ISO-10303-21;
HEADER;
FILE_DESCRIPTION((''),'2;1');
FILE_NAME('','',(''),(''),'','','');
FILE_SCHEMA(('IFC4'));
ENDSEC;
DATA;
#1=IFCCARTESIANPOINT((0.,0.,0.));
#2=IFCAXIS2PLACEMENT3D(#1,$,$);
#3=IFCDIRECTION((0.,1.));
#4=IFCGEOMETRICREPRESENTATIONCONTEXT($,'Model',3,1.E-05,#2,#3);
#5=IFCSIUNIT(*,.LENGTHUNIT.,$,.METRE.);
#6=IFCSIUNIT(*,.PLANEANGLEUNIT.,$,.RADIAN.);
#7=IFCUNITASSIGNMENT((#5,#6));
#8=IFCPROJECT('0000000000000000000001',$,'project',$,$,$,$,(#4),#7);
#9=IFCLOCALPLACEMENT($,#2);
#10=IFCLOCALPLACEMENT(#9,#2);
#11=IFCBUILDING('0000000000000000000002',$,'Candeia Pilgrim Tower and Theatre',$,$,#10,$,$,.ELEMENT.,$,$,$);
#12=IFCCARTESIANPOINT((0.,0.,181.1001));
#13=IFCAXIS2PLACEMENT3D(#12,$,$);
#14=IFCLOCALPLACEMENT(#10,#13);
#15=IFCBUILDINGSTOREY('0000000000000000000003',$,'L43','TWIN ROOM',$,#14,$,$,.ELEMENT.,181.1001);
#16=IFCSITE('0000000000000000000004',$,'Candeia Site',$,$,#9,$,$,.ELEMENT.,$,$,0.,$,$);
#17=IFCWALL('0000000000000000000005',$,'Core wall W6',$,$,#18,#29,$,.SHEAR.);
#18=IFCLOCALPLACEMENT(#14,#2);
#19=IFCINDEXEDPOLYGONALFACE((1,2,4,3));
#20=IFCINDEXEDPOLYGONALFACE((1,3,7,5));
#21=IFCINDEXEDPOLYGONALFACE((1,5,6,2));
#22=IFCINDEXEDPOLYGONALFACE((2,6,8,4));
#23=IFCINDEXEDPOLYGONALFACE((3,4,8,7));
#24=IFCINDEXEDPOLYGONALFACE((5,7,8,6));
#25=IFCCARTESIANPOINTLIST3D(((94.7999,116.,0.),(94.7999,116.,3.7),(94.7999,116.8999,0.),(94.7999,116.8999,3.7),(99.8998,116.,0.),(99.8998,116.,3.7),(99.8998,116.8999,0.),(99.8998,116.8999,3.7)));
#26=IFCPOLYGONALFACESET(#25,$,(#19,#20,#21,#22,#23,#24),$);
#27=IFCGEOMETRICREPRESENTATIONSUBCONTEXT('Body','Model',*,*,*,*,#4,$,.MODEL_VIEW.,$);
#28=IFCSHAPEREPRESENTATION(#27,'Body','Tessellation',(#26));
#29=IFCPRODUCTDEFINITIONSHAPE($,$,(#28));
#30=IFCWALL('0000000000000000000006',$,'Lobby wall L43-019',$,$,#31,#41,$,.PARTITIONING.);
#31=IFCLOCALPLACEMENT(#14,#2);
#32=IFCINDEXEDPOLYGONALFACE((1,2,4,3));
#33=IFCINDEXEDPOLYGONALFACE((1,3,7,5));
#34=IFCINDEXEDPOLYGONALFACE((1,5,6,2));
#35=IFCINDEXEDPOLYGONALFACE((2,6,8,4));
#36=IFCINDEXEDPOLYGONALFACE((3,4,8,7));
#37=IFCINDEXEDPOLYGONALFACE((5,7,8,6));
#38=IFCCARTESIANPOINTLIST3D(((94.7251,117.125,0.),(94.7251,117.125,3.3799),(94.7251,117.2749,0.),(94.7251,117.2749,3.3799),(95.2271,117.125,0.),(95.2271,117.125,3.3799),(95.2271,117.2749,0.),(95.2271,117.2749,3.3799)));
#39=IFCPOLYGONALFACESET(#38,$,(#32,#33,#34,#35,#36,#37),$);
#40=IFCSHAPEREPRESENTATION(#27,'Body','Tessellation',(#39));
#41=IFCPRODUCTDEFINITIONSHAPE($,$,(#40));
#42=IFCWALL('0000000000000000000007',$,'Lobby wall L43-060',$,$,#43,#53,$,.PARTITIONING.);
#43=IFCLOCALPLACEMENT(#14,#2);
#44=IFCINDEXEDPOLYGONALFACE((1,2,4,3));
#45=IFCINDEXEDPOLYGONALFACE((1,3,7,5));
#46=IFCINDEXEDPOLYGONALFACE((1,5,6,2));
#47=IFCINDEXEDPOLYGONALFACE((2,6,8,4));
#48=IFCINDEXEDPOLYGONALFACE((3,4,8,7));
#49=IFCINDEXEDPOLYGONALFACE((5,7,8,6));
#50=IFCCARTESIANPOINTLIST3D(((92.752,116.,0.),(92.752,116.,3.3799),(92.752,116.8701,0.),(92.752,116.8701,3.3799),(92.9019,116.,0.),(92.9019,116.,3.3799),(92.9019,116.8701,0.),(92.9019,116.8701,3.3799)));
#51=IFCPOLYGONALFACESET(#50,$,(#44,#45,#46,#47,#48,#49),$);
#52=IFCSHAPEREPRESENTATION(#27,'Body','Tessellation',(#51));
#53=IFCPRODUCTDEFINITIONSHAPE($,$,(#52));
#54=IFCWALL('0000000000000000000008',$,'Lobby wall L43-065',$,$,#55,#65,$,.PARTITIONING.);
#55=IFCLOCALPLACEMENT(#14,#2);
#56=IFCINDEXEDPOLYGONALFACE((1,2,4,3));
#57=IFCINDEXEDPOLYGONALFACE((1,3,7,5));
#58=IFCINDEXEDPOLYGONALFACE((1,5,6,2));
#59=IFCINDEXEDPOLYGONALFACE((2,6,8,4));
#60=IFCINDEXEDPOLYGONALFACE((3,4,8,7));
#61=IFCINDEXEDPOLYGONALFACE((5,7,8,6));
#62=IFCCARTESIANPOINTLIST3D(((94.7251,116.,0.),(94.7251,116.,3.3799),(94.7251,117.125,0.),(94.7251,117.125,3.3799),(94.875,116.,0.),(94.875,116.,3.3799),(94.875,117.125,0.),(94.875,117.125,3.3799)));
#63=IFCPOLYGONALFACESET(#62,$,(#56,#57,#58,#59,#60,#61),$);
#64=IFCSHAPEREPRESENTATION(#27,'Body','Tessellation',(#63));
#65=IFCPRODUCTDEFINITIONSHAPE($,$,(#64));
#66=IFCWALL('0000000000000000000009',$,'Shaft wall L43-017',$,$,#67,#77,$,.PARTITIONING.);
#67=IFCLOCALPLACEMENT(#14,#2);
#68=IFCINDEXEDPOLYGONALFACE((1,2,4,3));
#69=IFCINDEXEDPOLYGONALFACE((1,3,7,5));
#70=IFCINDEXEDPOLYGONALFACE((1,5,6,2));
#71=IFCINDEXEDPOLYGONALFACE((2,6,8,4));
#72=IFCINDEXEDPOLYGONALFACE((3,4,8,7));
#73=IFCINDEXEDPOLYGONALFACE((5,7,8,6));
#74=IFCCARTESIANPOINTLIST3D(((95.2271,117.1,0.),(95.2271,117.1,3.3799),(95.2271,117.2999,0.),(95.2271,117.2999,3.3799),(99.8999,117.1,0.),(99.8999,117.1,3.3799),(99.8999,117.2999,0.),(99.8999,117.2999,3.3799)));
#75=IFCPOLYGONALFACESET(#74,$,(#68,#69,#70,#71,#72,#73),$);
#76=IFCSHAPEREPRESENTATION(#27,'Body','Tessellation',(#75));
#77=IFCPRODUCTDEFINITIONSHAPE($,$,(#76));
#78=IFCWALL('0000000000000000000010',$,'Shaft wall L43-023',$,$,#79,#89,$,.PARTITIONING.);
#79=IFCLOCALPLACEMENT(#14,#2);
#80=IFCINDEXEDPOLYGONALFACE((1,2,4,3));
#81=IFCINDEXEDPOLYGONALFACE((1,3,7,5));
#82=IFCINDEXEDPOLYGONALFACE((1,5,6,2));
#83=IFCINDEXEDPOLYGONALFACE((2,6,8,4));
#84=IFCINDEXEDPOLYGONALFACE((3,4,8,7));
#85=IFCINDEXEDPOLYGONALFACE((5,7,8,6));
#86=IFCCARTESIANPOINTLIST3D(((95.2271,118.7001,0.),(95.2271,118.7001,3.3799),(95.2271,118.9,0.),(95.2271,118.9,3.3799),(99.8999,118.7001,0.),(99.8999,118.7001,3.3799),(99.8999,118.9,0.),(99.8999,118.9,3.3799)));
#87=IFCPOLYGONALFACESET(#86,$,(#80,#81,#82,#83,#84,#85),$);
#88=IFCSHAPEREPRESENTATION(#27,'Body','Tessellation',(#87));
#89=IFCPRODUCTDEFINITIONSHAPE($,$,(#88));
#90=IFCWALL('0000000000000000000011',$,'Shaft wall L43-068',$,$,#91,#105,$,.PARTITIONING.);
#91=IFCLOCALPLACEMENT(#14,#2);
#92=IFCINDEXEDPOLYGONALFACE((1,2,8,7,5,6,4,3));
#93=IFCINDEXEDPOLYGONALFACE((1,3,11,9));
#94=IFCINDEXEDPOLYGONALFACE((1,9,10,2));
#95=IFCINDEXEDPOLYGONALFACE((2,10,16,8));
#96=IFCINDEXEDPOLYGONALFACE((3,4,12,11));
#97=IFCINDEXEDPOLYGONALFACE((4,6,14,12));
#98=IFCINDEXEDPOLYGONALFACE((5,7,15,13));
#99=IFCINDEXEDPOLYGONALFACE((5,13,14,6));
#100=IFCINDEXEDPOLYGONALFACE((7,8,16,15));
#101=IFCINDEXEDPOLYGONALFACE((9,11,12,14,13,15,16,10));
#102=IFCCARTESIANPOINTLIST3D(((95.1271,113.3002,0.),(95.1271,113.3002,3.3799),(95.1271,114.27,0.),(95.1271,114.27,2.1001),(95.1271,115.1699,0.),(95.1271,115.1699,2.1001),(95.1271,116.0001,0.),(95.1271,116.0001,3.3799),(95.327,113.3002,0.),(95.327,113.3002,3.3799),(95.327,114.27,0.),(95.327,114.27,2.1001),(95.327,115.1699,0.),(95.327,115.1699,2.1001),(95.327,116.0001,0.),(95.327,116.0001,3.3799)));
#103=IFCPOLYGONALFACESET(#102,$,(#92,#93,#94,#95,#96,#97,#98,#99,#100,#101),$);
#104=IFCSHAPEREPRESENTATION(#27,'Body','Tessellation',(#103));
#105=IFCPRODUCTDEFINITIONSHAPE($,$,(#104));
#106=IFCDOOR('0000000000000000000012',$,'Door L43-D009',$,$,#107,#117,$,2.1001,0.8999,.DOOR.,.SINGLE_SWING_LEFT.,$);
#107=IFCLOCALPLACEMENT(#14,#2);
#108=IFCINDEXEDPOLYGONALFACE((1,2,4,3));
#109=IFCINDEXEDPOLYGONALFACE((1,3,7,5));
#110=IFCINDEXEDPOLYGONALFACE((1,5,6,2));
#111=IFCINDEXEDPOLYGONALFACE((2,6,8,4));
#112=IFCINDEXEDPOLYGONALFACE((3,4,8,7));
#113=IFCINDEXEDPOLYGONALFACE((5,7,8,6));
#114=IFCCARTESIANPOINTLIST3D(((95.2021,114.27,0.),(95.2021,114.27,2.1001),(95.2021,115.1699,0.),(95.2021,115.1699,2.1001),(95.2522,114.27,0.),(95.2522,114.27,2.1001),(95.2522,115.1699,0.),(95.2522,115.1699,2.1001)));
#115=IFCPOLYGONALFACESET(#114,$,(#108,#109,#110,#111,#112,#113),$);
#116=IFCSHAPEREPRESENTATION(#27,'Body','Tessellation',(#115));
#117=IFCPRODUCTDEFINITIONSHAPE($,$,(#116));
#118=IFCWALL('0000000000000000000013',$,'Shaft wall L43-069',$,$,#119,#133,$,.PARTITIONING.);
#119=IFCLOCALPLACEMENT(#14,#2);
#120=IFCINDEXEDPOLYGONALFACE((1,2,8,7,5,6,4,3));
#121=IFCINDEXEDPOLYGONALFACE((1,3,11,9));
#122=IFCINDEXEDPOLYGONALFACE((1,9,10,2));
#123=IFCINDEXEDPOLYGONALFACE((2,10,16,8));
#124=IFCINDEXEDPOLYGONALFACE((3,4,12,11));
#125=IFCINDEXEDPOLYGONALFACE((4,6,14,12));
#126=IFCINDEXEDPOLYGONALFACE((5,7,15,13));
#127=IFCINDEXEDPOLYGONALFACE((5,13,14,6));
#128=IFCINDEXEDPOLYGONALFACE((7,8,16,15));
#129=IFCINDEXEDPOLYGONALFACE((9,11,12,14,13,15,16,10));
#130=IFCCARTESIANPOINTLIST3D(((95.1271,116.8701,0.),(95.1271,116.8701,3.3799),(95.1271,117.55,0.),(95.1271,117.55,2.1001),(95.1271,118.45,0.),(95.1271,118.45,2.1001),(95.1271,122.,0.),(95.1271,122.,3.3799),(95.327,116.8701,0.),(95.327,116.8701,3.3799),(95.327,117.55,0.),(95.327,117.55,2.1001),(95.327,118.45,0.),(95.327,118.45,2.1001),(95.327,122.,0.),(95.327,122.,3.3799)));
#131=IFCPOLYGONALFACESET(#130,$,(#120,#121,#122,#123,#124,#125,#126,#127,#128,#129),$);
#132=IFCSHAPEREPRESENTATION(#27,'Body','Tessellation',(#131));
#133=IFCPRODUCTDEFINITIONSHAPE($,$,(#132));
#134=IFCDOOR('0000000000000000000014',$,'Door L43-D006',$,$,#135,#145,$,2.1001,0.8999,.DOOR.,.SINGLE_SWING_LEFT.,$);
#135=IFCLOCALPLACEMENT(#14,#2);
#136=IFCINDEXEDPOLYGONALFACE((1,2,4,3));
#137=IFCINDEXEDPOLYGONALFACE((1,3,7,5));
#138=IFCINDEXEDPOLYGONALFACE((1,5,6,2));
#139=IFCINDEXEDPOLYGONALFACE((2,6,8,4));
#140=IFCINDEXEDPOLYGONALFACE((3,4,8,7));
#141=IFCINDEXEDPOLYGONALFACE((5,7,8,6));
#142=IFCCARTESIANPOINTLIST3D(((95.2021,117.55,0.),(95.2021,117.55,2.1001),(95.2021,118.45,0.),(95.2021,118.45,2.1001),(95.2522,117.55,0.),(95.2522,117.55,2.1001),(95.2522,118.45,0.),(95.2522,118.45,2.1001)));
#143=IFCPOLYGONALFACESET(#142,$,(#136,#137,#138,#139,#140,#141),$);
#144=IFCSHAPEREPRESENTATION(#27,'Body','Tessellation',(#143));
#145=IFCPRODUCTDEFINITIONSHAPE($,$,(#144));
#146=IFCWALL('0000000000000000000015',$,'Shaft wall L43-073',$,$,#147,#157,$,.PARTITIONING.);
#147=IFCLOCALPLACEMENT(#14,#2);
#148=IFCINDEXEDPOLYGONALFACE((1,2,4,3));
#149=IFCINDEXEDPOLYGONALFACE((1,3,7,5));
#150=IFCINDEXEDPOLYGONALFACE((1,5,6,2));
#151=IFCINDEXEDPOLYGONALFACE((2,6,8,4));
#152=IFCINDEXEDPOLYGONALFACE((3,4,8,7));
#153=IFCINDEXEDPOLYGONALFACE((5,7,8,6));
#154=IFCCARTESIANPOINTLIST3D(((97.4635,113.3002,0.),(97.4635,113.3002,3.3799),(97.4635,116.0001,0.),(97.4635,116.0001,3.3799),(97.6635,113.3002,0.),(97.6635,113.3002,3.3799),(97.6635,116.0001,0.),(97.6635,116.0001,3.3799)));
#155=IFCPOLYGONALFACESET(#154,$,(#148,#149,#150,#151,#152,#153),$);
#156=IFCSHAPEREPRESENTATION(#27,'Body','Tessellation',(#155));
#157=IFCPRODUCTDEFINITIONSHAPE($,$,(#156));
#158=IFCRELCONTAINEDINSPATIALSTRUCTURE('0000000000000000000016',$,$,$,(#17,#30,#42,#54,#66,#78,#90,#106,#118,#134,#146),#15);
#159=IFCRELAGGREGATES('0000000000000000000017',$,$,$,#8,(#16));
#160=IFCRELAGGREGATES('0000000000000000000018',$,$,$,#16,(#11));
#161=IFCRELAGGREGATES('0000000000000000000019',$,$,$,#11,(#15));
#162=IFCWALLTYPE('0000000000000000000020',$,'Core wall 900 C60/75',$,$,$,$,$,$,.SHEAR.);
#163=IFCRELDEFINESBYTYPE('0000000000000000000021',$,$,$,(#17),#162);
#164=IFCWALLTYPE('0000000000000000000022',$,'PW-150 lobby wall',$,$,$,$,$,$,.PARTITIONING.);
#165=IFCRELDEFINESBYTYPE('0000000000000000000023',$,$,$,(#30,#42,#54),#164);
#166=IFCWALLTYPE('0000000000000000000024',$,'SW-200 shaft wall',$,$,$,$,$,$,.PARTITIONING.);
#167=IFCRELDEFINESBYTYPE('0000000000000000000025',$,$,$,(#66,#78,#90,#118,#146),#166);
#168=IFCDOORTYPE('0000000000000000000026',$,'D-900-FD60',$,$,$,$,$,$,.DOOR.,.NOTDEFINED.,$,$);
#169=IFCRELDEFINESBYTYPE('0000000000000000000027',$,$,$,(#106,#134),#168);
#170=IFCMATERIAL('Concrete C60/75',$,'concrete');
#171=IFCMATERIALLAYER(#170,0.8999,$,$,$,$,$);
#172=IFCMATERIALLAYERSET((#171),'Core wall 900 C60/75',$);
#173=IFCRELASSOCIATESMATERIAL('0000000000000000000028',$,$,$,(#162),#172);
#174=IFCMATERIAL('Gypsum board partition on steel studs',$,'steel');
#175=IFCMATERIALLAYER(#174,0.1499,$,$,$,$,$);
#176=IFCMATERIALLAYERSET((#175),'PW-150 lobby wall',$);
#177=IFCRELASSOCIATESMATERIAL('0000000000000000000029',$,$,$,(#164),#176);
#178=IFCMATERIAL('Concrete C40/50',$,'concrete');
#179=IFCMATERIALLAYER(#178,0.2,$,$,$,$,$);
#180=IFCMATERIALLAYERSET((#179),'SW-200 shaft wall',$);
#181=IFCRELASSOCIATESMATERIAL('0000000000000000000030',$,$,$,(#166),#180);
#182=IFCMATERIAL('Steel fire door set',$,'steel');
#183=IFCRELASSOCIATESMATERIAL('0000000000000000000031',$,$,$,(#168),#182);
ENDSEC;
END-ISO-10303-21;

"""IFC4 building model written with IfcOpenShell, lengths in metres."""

from ifc_helpers import new_model, si_unit, direction, frame, frame_2d, origin, place, context, subcontext, project, spatial, rectangle, extrude, material, layer, layer_set, type_object, element, fill, save


model = new_model("IFC4")

# Units and contexts
model_context = context("Model", 3, precision=1e-05, world=origin(), true_north=direction((0.0, 1.0)))
body_context = subcontext(model_context, "Body", "Model", "MODEL_VIEW")
ifc_project = project(units=[si_unit("LENGTHUNIT", "METRE"), si_unit("PLANEANGLEUNIT", "RADIAN")], contexts=[model_context])

# Site, building, storey
site_placement = place(None, origin())
site = spatial("IfcSite", under=ifc_project, at=site_placement, Name="Candeia Site", CompositionType="ELEMENT", RefElevation=0.0)
building_placement = place(site_placement, origin())
building = spatial("IfcBuilding", under=site, at=building_placement, Name="Candeia Pilgrim Tower and Theatre", CompositionType="ELEMENT")
storey_placement = place(building_placement, frame((0.0, 0.0, 181.1001)))
storey = spatial("IfcBuildingStorey", under=building, at=storey_placement, Name="L43", Description="TWIN ROOM", CompositionType="ELEMENT", Elevation=181.1001)

# Walls
ifc_material_1 = material(Name="Concrete C60/75", Category="concrete")
ifc_layer_1 = layer(ifc_material_1, 0.8999)
ifc_layer_set_1 = layer_set([ifc_layer_1], Name="Core wall 900 C60/75")
wall_type_1 = type_object("IfcWallType", Name="Core wall 900 C60/75", PredefinedType="SHEAR", material=ifc_layer_set_1)
wall_1_placement = place(storey_placement, frame((94.8, 116.45, 0.0), z_axis=(0.0, 0.0, 1.0), x_axis=(1.0, 0.0, 0.0)))
element("IfcWall", 1, at=wall_1_placement, inside=storey, type_object=wall_type_1, Name="Core wall W6", PredefinedType="SHEAR", context=body_context, shape_type="SweptSolid", body=[
    extrude(rectangle(XDim=5.0999, YDim=0.8999, at=frame_2d((2.5498, 0.0))), origin(), (0.0, 0.0, 1.0), 3.7),
])
ifc_material_2 = material(Name="Gypsum board partition on steel studs", Category="steel")
ifc_layer_2 = layer(ifc_material_2, 0.1499)
ifc_layer_set_2 = layer_set([ifc_layer_2], Name="PW-150 lobby wall")
wall_type_2 = type_object("IfcWallType", Name="PW-150 lobby wall", PredefinedType="PARTITIONING", material=ifc_layer_set_2)
wall_2_placement = place(storey_placement, frame((94.7251, 117.2, 0.0), z_axis=(0.0, 0.0, 1.0), x_axis=(1.0, 0.0, 0.0)))
element("IfcWall", 2, at=wall_2_placement, inside=storey, type_object=wall_type_2, Name="Lobby wall L43-019", PredefinedType="PARTITIONING", context=body_context, shape_type="SweptSolid", body=[
    extrude(rectangle(XDim=0.502, YDim=0.1499, at=frame_2d((0.251, 0.0))), origin(), (0.0, 0.0, 1.0), 3.3799),
])
wall_3_placement = place(storey_placement, frame((92.8269, 116.0, 0.0), z_axis=(0.0, 0.0, 1.0), x_axis=(0.0, 1.0, 0.0)))
element("IfcWall", 3, at=wall_3_placement, inside=storey, type_object=wall_type_2, Name="Lobby wall L43-060", PredefinedType="PARTITIONING", context=body_context, shape_type="SweptSolid", body=[
    extrude(rectangle(XDim=0.8701, YDim=0.1499, at=frame_2d((0.4351, 0.0))), origin(), (0.0, 0.0, 1.0), 3.3799),
])
wall_4_placement = place(storey_placement, frame((94.8, 116.0, 0.0), z_axis=(0.0, 0.0, 1.0), x_axis=(0.0, 1.0, 0.0)))
element("IfcWall", 4, at=wall_4_placement, inside=storey, type_object=wall_type_2, Name="Lobby wall L43-065", PredefinedType="PARTITIONING", context=body_context, shape_type="SweptSolid", body=[
    extrude(rectangle(XDim=1.125, YDim=0.1499, at=frame_2d((0.5625, 0.0))), origin(), (0.0, 0.0, 1.0), 3.3799),
])
ifc_material_3 = material(Name="Concrete C40/50", Category="concrete")
ifc_layer_3 = layer(ifc_material_3, 0.2)
ifc_layer_set_3 = layer_set([ifc_layer_3], Name="SW-200 shaft wall")
wall_type_3 = type_object("IfcWallType", Name="SW-200 shaft wall", PredefinedType="PARTITIONING", material=ifc_layer_set_3)
for number, where, z_axis, x_axis, name in (
    (5, (95.2271, 117.2, 0.0), (0.0, 0.0, 1.0), (1.0, 0.0, 0.0), "Shaft wall L43-017"),
    (6, (95.2271, 118.8, 0.0), (0.0, 0.0, 1.0), (1.0, 0.0, 0.0), "Shaft wall L43-023"),
):
    element("IfcWall", number, at=place(storey_placement, frame(where, z_axis=z_axis, x_axis=x_axis)), inside=storey, type_object=wall_type_3, Name=name, PredefinedType="PARTITIONING", context=body_context, shape_type="SweptSolid", body=[
        extrude(rectangle(XDim=4.6729, YDim=0.2, at=frame_2d((2.3364, 0.0))), origin(), (0.0, 0.0, 1.0), 3.3799),
    ])

# Walls, openings, doors
wall_5_placement = place(storey_placement, frame((95.2271, 113.3, 0.0), z_axis=(0.0, 0.0, 1.0), x_axis=(0.0, 1.0, 0.0)))
wall_5 = element("IfcWall", 7, at=wall_5_placement, inside=storey, type_object=wall_type_3, Name="Shaft wall L43-068", PredefinedType="PARTITIONING", context=body_context, shape_type="SweptSolid", body=[
    extrude(rectangle(XDim=2.7, YDim=0.2, at=frame_2d((1.3501, 0.0))), origin(), (0.0, 0.0, 1.0), 3.3799),
])
opening_1_placement = place(wall_5_placement, frame((0.97, 0.0, 0.0)))
opening_1 = element("IfcOpeningElement", 8, at=opening_1_placement, cuts=wall_5, PredefinedType="OPENING", context=body_context, shape_type="SweptSolid", body=[
    extrude(rectangle(XDim=0.8999, YDim=2.1001, at=frame_2d((0.45, 1.05))), frame((0.0, 0.1099, 0.0), z_axis=(0.0, -1.0, 0.0), x_axis=(1.0, 0.0, 0.0)), (0.0, 0.0, 1.0), 0.22),
])
ifc_material_4 = material(Name="Steel fire door set", Category="steel")
door_type_1 = type_object("IfcDoorType", Name="D-900-FD60", OperationType="NOTDEFINED", PredefinedType="DOOR", material=ifc_material_4)
door_1_placement = place(opening_1_placement, origin())
door_1 = element("IfcDoor", 9, at=door_1_placement, inside=storey, type_object=door_type_1, Name="Door L43-D009", OperationType="SINGLE_SWING_LEFT", OverallHeight=2.1001, OverallWidth=0.8999, PredefinedType="DOOR", context=body_context, shape_type="SweptSolid", body=[
    extrude(rectangle(XDim=0.8999, YDim=2.1001, at=frame_2d((0.45, 1.05))), frame((0.0, 0.0249, 0.0), z_axis=(0.0, -1.0, 0.0), x_axis=(1.0, 0.0, 0.0)), (0.0, 0.0, 1.0), 0.05),
])
fill(opening_1, door_1)
wall_6_placement = place(storey_placement, frame((95.2271, 116.8701, 0.0), z_axis=(0.0, 0.0, 1.0), x_axis=(0.0, 1.0, 0.0)))
wall_6 = element("IfcWall", 10, at=wall_6_placement, inside=storey, type_object=wall_type_3, Name="Shaft wall L43-069", PredefinedType="PARTITIONING", context=body_context, shape_type="SweptSolid", body=[
    extrude(rectangle(XDim=5.1299, YDim=0.2, at=frame_2d((2.5649, 0.0))), origin(), (0.0, 0.0, 1.0), 3.3799),
])
opening_2_placement = place(wall_6_placement, frame((0.6799, 0.0, 0.0)))
opening_2 = element("IfcOpeningElement", 11, at=opening_2_placement, cuts=wall_6, PredefinedType="OPENING", context=body_context, shape_type="SweptSolid", body=[
    extrude(rectangle(XDim=0.8999, YDim=2.1001, at=frame_2d((0.45, 1.05))), frame((0.0, 0.1099, 0.0), z_axis=(0.0, -1.0, 0.0), x_axis=(1.0, 0.0, 0.0)), (0.0, 0.0, 1.0), 0.22),
])
door_2_placement = place(opening_2_placement, origin())
door_2 = element("IfcDoor", 12, at=door_2_placement, inside=storey, type_object=door_type_1, Name="Door L43-D006", OperationType="SINGLE_SWING_LEFT", OverallHeight=2.1001, OverallWidth=0.8999, PredefinedType="DOOR", context=body_context, shape_type="SweptSolid", body=[
    extrude(rectangle(XDim=0.8999, YDim=2.1001, at=frame_2d((0.45, 1.05))), frame((0.0, 0.0249, 0.0), z_axis=(0.0, -1.0, 0.0), x_axis=(1.0, 0.0, 0.0)), (0.0, 0.0, 1.0), 0.05),
])
fill(opening_2, door_2)

# Wall
wall_7_placement = place(storey_placement, frame((97.5635, 113.3, 0.0), z_axis=(0.0, 0.0, 1.0), x_axis=(0.0, 1.0, 0.0)))
element("IfcWall", 13, at=wall_7_placement, inside=storey, type_object=wall_type_3, Name="Shaft wall L43-073", PredefinedType="PARTITIONING", context=body_context, shape_type="SweptSolid", body=[
    extrude(rectangle(XDim=2.7, YDim=0.2, at=frame_2d((1.3501, 0.0))), origin(), (0.0, 0.0, 1.0), 3.3799),
])

save(model, "model.ifc")
